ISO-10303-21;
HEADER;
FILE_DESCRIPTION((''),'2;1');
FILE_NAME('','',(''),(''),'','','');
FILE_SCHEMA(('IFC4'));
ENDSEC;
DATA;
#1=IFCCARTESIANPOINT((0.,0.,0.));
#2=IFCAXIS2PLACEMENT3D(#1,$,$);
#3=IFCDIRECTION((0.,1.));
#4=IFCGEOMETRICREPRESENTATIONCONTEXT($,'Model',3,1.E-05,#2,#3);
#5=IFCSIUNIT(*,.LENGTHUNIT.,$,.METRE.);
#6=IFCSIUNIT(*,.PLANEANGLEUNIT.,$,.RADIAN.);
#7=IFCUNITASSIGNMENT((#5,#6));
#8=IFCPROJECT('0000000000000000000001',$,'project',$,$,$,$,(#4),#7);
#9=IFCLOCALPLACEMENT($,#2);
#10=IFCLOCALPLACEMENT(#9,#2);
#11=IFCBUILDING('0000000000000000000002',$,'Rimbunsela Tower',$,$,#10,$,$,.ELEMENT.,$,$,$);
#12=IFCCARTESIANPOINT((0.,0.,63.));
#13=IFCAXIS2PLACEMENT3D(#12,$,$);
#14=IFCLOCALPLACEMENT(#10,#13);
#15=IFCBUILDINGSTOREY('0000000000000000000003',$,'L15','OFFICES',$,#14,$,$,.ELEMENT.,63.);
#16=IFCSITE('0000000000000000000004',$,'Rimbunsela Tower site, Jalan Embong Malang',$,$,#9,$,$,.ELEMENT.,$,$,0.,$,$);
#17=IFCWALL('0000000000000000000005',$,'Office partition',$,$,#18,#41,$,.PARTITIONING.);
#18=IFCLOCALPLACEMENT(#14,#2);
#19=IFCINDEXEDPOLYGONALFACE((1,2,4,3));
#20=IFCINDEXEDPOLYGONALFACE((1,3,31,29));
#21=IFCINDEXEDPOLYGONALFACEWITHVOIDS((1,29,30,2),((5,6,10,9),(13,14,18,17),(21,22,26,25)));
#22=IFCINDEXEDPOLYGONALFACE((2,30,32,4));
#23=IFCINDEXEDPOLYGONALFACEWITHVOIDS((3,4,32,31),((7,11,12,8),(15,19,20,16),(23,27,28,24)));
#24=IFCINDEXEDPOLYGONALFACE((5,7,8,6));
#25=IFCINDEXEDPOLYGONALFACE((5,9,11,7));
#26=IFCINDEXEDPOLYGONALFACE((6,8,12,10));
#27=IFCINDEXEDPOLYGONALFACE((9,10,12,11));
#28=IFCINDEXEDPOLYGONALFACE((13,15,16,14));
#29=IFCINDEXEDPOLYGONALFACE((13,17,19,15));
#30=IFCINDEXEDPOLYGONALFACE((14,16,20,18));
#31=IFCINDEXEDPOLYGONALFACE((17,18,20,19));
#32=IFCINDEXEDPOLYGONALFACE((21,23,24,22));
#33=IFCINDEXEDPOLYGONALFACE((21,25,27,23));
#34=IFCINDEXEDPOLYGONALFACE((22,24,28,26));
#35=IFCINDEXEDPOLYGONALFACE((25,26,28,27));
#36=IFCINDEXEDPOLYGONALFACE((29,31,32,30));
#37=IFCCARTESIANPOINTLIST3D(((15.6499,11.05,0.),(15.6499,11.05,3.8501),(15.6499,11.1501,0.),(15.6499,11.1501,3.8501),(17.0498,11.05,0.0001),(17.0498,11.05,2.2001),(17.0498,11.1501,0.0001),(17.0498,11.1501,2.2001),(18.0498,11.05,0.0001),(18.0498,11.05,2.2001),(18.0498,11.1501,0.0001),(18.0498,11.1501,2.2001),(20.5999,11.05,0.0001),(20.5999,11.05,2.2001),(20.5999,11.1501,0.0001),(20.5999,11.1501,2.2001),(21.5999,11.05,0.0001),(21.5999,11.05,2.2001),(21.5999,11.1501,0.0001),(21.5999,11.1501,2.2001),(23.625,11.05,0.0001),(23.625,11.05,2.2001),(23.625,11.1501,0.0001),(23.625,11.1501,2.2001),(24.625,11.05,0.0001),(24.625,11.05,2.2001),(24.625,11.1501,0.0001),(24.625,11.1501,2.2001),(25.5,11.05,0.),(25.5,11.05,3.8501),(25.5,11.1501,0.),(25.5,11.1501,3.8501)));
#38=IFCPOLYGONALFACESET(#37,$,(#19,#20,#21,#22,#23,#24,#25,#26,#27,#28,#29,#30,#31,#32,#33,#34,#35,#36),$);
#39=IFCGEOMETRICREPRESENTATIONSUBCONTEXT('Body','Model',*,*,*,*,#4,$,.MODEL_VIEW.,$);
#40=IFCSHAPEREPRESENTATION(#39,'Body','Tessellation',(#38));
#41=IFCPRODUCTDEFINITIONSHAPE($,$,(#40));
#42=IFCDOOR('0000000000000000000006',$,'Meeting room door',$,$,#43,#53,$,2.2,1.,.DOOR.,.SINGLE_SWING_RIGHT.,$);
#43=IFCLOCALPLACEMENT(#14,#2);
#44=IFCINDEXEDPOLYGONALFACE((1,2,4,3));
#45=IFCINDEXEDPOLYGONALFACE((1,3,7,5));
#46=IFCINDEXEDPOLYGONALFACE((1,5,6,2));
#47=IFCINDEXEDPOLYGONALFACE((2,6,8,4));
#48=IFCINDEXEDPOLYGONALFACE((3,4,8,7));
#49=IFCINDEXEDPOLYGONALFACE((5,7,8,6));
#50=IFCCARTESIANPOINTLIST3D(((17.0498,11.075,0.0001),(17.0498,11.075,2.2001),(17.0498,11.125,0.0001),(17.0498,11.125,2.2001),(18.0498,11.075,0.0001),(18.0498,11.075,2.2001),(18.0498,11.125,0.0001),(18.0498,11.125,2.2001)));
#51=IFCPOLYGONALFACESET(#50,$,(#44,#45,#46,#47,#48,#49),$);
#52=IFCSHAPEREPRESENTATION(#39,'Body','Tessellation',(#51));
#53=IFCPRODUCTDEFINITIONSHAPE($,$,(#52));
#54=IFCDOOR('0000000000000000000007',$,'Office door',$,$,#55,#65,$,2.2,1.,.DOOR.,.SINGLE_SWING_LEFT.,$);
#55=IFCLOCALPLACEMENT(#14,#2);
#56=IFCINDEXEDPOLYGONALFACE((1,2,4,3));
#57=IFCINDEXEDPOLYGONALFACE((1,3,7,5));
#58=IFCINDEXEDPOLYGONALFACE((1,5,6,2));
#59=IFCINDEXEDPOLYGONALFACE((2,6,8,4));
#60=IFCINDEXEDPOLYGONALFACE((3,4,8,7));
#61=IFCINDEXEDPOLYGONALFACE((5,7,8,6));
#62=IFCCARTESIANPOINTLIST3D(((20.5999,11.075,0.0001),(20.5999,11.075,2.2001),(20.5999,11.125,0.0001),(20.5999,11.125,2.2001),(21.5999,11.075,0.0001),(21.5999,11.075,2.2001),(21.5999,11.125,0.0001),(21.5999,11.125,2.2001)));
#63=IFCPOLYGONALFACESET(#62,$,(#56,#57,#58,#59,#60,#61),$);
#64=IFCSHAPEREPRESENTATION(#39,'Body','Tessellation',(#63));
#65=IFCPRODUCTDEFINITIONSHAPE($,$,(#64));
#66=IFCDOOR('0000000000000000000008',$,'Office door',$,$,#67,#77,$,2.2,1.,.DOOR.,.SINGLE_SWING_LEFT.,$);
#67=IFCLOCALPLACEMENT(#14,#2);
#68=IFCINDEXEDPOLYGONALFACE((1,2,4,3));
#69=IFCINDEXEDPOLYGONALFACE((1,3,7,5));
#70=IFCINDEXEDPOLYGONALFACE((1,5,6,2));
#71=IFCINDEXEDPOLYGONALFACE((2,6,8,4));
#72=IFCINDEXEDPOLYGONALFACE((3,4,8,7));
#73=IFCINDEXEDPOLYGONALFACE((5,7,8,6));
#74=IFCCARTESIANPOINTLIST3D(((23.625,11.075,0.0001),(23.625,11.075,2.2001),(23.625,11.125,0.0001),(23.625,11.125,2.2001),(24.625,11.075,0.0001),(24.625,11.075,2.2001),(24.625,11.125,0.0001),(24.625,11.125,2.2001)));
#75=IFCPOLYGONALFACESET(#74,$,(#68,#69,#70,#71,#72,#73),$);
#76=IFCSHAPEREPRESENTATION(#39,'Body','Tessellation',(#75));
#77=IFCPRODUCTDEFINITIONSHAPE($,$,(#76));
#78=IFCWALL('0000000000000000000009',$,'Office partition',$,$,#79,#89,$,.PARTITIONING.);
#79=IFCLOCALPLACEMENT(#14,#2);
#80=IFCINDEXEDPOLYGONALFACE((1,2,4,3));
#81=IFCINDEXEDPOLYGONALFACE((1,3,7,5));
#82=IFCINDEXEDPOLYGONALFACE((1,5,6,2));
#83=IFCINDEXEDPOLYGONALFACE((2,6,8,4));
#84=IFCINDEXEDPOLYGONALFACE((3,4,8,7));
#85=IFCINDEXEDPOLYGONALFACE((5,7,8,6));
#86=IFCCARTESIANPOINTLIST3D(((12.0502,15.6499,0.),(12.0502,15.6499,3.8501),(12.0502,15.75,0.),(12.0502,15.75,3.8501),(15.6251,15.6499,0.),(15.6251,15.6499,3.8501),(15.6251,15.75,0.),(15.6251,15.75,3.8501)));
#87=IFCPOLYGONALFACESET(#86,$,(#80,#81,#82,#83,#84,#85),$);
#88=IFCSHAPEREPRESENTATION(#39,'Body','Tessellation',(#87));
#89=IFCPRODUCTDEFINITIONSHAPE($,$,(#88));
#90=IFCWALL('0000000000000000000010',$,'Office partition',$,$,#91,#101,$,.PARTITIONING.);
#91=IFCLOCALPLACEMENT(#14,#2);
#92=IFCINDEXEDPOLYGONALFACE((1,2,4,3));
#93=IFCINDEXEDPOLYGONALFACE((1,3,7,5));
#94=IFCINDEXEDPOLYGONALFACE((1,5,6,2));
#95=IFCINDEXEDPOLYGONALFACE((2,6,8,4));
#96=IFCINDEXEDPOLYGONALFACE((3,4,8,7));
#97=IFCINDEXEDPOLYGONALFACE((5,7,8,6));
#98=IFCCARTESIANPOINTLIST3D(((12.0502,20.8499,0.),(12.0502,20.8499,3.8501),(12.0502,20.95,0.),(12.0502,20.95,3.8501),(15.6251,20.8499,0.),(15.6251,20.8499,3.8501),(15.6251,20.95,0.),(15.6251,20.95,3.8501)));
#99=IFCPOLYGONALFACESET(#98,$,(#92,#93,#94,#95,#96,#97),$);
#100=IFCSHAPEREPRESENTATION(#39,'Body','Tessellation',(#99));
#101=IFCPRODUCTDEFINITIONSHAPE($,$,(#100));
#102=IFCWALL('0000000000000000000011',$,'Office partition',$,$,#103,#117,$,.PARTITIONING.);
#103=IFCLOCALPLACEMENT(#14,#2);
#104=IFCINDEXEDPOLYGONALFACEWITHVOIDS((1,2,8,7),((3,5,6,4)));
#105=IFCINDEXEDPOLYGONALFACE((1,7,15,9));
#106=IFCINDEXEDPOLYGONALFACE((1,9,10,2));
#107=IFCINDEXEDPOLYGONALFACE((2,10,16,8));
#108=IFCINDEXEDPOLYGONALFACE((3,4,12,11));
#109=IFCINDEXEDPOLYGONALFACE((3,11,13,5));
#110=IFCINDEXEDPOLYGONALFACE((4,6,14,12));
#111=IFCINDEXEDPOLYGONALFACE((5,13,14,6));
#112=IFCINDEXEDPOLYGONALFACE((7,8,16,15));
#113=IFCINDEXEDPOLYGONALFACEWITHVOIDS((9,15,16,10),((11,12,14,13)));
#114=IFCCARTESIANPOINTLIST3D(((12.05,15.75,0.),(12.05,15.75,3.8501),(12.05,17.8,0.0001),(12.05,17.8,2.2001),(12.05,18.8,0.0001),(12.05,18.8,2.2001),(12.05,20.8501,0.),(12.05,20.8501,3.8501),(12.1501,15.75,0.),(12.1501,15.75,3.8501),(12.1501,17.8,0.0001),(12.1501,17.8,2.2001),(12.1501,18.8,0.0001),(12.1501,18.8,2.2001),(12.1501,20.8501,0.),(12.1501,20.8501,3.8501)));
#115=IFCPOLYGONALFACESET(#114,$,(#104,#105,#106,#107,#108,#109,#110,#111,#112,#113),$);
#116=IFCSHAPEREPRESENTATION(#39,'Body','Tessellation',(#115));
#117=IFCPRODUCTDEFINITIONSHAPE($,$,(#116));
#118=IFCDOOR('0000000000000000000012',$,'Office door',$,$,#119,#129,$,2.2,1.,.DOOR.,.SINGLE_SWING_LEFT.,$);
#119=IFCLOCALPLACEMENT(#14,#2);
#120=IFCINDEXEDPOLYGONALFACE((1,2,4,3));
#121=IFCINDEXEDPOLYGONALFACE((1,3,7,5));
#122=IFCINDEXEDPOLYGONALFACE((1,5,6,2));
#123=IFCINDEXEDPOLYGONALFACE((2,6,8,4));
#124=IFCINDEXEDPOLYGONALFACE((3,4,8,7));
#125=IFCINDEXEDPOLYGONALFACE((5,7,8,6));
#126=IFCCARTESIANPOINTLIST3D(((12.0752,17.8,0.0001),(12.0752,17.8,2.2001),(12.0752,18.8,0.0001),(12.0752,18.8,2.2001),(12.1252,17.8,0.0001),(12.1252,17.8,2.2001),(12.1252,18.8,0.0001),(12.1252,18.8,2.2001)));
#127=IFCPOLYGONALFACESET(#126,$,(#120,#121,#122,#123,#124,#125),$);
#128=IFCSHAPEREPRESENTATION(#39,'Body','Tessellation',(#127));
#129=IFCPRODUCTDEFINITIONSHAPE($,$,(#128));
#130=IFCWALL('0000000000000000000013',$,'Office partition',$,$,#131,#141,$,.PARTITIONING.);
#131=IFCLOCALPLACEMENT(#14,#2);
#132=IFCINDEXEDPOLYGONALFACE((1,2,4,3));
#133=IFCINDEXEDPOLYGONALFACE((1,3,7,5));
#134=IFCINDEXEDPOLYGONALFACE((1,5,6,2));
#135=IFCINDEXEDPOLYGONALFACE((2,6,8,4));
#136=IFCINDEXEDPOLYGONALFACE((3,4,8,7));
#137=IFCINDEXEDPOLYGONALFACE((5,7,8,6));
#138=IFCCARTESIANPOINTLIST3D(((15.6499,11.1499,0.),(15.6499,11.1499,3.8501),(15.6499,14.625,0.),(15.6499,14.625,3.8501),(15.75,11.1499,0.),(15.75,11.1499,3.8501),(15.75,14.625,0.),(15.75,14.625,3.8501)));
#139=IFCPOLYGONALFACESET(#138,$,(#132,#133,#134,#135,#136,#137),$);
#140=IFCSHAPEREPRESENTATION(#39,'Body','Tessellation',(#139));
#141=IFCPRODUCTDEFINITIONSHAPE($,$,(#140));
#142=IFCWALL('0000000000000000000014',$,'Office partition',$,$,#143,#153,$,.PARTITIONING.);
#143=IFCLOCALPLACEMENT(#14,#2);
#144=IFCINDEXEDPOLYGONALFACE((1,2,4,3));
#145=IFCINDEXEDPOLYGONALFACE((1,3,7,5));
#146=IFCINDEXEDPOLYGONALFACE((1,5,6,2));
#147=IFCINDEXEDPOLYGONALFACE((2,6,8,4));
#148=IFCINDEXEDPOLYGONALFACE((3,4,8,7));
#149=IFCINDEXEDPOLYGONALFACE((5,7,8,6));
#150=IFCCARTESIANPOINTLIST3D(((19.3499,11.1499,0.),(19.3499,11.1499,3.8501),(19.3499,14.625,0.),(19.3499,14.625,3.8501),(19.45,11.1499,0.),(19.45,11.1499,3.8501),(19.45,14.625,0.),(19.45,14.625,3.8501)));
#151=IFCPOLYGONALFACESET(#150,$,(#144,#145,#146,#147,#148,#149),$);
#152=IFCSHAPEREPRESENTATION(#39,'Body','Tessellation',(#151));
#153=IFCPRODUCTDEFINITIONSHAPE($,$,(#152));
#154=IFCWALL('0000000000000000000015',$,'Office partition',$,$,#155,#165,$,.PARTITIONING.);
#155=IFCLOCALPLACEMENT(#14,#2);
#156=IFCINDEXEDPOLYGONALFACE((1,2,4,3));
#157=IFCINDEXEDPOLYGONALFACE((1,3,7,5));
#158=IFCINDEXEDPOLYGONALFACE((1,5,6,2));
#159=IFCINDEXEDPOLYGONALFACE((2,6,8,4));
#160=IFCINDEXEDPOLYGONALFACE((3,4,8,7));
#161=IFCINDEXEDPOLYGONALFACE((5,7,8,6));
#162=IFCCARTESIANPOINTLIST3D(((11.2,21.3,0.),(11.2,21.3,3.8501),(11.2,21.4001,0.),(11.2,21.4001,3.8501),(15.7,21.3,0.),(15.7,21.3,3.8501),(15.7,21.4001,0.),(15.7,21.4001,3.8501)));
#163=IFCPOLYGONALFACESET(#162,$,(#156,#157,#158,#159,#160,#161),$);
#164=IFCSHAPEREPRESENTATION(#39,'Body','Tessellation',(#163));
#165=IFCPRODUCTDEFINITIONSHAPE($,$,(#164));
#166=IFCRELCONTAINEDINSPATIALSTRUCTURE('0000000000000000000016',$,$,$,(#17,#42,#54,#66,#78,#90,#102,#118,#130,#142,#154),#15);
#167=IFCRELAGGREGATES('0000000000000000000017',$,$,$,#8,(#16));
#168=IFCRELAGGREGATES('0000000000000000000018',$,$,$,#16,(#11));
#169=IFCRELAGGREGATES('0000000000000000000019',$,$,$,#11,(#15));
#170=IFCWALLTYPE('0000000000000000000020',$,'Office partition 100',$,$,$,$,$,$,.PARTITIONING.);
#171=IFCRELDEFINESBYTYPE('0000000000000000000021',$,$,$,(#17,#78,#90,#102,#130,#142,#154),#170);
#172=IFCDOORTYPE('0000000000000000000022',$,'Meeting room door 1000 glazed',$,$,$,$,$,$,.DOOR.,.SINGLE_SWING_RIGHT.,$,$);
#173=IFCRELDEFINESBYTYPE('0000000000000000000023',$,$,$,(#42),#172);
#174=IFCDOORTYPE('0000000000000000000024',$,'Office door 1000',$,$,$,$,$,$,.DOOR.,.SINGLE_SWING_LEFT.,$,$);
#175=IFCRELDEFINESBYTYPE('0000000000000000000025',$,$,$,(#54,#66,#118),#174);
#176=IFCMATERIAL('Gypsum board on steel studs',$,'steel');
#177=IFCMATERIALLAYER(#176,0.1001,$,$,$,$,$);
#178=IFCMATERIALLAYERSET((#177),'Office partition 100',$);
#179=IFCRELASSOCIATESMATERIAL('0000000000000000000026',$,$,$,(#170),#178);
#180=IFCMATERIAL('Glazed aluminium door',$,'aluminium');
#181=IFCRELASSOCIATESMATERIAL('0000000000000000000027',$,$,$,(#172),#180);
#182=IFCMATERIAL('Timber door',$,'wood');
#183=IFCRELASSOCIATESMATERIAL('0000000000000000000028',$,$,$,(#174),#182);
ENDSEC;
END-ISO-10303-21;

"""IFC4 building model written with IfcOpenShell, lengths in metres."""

from ifc_helpers import new_model, si_unit, direction, frame, frame_2d, origin, place, context, subcontext, project, spatial, rectangle, extrude, material, layer, layer_set, type_object, element, fill, save


model = new_model("IFC4")

# Units and contexts
model_context = context("Model", 3, precision=1e-05, world=origin(), true_north=direction((0.0, 1.0)))
body_context = subcontext(model_context, "Body", "Model", "MODEL_VIEW")
ifc_project = project(units=[si_unit("LENGTHUNIT", "METRE"), si_unit("PLANEANGLEUNIT", "RADIAN")], contexts=[model_context])

# Site, building, storey
site_placement = place(None, origin())
site = spatial("IfcSite", under=ifc_project, at=site_placement, Name="Rimbunsela Tower site, Jalan Embong Malang", CompositionType="ELEMENT", RefElevation=0.0)
building_placement = place(site_placement, origin())
building = spatial("IfcBuilding", under=site, at=building_placement, Name="Rimbunsela Tower", CompositionType="ELEMENT")
storey_placement = place(building_placement, frame((0.0, 0.0, 63.0)))
storey = spatial("IfcBuildingStorey", under=building, at=storey_placement, Name="L15", Description="OFFICES", CompositionType="ELEMENT", Elevation=63.0)

# Wall, openings, doors
ifc_material_1 = material(Name="Gypsum board on steel studs", Category="steel")
ifc_layer_1 = layer(ifc_material_1, 0.1001)
ifc_layer_set_1 = layer_set([ifc_layer_1], Name="Office partition 100")
wall_type_1 = type_object("IfcWallType", Name="Office partition 100", PredefinedType="PARTITIONING", material=ifc_layer_set_1)
wall_1_placement = place(storey_placement, frame((15.6499, 11.1001, 0.0), z_axis=(0.0, 0.0, 1.0), x_axis=(1.0, 0.0, 0.0)))
wall_1 = element("IfcWall", 1, at=wall_1_placement, inside=storey, type_object=wall_type_1, Name="Office partition", PredefinedType="PARTITIONING", context=body_context, shape_type="SweptSolid", body=[
    extrude(rectangle(XDim=9.8501, YDim=0.1001, at=frame_2d((4.925, 0.0))), origin(), (0.0, 0.0, 1.0), 3.8501),
])
opening_1_placement = place(wall_1_placement, frame((1.3999, 0.0, 0.0)))
opening_1 = element("IfcOpeningElement", 2, at=opening_1_placement, cuts=wall_1, PredefinedType="OPENING", context=body_context, shape_type="SweptSolid", body=[
    extrude(rectangle(XDim=1.0, YDim=2.2, at=frame_2d((0.5, 1.1001))), frame((0.0, 0.0601, 0.0), z_axis=(0.0, -1.0, 0.0), x_axis=(1.0, 0.0, 0.0)), (0.0, 0.0, 1.0), 0.1201),
])
opening_2_placement = place(wall_1_placement, frame((4.95, 0.0, 0.0)))
opening_2 = element("IfcOpeningElement", 3, at=opening_2_placement, cuts=wall_1, PredefinedType="OPENING", context=body_context, shape_type="SweptSolid", body=[
    extrude(rectangle(XDim=1.0, YDim=2.2, at=frame_2d((0.5, 1.1001))), frame((0.0, 0.0601, 0.0), z_axis=(0.0, -1.0, 0.0), x_axis=(1.0, 0.0, 0.0)), (0.0, 0.0, 1.0), 0.1201),
])
opening_3_placement = place(wall_1_placement, frame((7.9751, 0.0, 0.0)))
opening_3 = element("IfcOpeningElement", 4, at=opening_3_placement, cuts=wall_1, PredefinedType="OPENING", context=body_context, shape_type="SweptSolid", body=[
    extrude(rectangle(XDim=1.0, YDim=2.2, at=frame_2d((0.5, 1.1001))), frame((0.0, 0.0601, 0.0), z_axis=(0.0, -1.0, 0.0), x_axis=(1.0, 0.0, 0.0)), (0.0, 0.0, 1.0), 0.1201),
])
ifc_material_2 = material(Name="Glazed aluminium door", Category="aluminium")
door_type_1 = type_object("IfcDoorType", Name="Meeting room door 1000 glazed", OperationType="SINGLE_SWING_RIGHT", PredefinedType="DOOR", material=ifc_material_2)
door_1_placement = place(opening_1_placement, origin())
door_1 = element("IfcDoor", 5, at=door_1_placement, inside=storey, type_object=door_type_1, Name="Meeting room door", OperationType="SINGLE_SWING_RIGHT", OverallHeight=2.2, OverallWidth=1.0, PredefinedType="DOOR", context=body_context, shape_type="SweptSolid", body=[
    extrude(rectangle(XDim=1.0, YDim=2.2, at=frame_2d((0.5, 1.1001))), frame((0.0, 0.0249, 0.0), z_axis=(0.0, -1.0, 0.0), x_axis=(1.0, 0.0, 0.0)), (0.0, 0.0, 1.0), 0.05),
])
fill(opening_1, door_1)
ifc_material_3 = material(Name="Timber door", Category="wood")
door_type_2 = type_object("IfcDoorType", Name="Office door 1000", OperationType="SINGLE_SWING_LEFT", PredefinedType="DOOR", material=ifc_material_3)
door_2_placement = place(opening_2_placement, origin())
door_2 = element("IfcDoor", 6, at=door_2_placement, inside=storey, type_object=door_type_2, Name="Office door", OperationType="SINGLE_SWING_LEFT", OverallHeight=2.2, OverallWidth=1.0, PredefinedType="DOOR", context=body_context, shape_type="SweptSolid", body=[
    extrude(rectangle(XDim=1.0, YDim=2.2, at=frame_2d((0.5, 1.1001))), frame((0.0, 0.0249, 0.0), z_axis=(0.0, -1.0, 0.0), x_axis=(1.0, 0.0, 0.0)), (0.0, 0.0, 1.0), 0.05),
])
fill(opening_2, door_2)
door_3_placement = place(opening_3_placement, origin())
door_3 = element("IfcDoor", 7, at=door_3_placement, inside=storey, type_object=door_type_2, Name="Office door", OperationType="SINGLE_SWING_LEFT", OverallHeight=2.2, OverallWidth=1.0, PredefinedType="DOOR", context=body_context, shape_type="SweptSolid", body=[
    extrude(rectangle(XDim=1.0, YDim=2.2, at=frame_2d((0.5, 1.1001))), frame((0.0, 0.0249, 0.0), z_axis=(0.0, -1.0, 0.0), x_axis=(1.0, 0.0, 0.0)), (0.0, 0.0, 1.0), 0.05),
])
fill(opening_3, door_3)

# Walls
for number, where, z_axis, x_axis, name in (
    (8, (12.05, 15.7, 0.0), (0.0, 0.0, 1.0), (1.0, 0.0, 0.0), "Office partition"),
    (9, (12.05, 20.8999, 0.0), (0.0, 0.0, 1.0), (1.0, 0.0, 0.0), "Office partition"),
):
    element("IfcWall", number, at=place(storey_placement, frame(where, z_axis=z_axis, x_axis=x_axis)), inside=storey, type_object=wall_type_1, Name=name, PredefinedType="PARTITIONING", context=body_context, shape_type="SweptSolid", body=[
        extrude(rectangle(XDim=3.575, YDim=0.1001, at=frame_2d((1.7876, 0.0))), origin(), (0.0, 0.0, 1.0), 3.8501),
    ])

# Wall, opening, door
wall_2_placement = place(storey_placement, frame((12.1001, 15.75, 0.0), z_axis=(0.0, 0.0, 1.0), x_axis=(0.0, 1.0, 0.0)))
wall_2 = element("IfcWall", 10, at=wall_2_placement, inside=storey, type_object=wall_type_1, Name="Office partition", PredefinedType="PARTITIONING", context=body_context, shape_type="SweptSolid", body=[
    extrude(rectangle(XDim=5.1001, YDim=0.1001, at=frame_2d((2.55, 0.0))), origin(), (0.0, 0.0, 1.0), 3.8501),
])
opening_4_placement = place(wall_2_placement, frame((2.05, 0.0, 0.0)))
opening_4 = element("IfcOpeningElement", 11, at=opening_4_placement, cuts=wall_2, PredefinedType="OPENING", context=body_context, shape_type="SweptSolid", body=[
    extrude(rectangle(XDim=1.0, YDim=2.2, at=frame_2d((0.5, 1.1001))), frame((0.0, 0.0601, 0.0), z_axis=(0.0, -1.0, 0.0), x_axis=(1.0, 0.0, 0.0)), (0.0, 0.0, 1.0), 0.1201),
])
door_4_placement = place(opening_4_placement, origin())
door_4 = element("IfcDoor", 12, at=door_4_placement, inside=storey, type_object=door_type_2, Name="Office door", OperationType="SINGLE_SWING_LEFT", OverallHeight=2.2, OverallWidth=1.0, PredefinedType="DOOR", context=body_context, shape_type="SweptSolid", body=[
    extrude(rectangle(XDim=1.0, YDim=2.2, at=frame_2d((0.5, 1.1001))), frame((0.0, 0.0249, 0.0), z_axis=(0.0, -1.0, 0.0), x_axis=(1.0, 0.0, 0.0)), (0.0, 0.0, 1.0), 0.05),
])
fill(opening_4, door_4)

# Walls
for number, where, z_axis, x_axis, name in (
    (13, (15.7, 11.1499, 0.0), (0.0, 0.0, 1.0), (0.0, 1.0, 0.0), "Office partition"),
    (14, (19.3999, 11.1499, 0.0), (0.0, 0.0, 1.0), (0.0, 1.0, 0.0), "Office partition"),
):
    element("IfcWall", number, at=place(storey_placement, frame(where, z_axis=z_axis, x_axis=x_axis)), inside=storey, type_object=wall_type_1, Name=name, PredefinedType="PARTITIONING", context=body_context, shape_type="SweptSolid", body=[
        extrude(rectangle(XDim=3.4751, YDim=0.1001, at=frame_2d((1.7375, 0.0))), origin(), (0.0, 0.0, 1.0), 3.8501),
    ])
wall_3_placement = place(storey_placement, frame((11.2, 21.3501, 0.0), z_axis=(0.0, 0.0, 1.0), x_axis=(1.0, 0.0, 0.0)))
element("IfcWall", 15, at=wall_3_placement, inside=storey, type_object=wall_type_1, Name="Office partition", PredefinedType="PARTITIONING", context=body_context, shape_type="SweptSolid", body=[
    extrude(rectangle(XDim=4.5, YDim=0.1001, at=frame_2d((2.25, 0.0))), origin(), (0.0, 0.0, 1.0), 3.8501),
])

save(model, "model.ifc")
